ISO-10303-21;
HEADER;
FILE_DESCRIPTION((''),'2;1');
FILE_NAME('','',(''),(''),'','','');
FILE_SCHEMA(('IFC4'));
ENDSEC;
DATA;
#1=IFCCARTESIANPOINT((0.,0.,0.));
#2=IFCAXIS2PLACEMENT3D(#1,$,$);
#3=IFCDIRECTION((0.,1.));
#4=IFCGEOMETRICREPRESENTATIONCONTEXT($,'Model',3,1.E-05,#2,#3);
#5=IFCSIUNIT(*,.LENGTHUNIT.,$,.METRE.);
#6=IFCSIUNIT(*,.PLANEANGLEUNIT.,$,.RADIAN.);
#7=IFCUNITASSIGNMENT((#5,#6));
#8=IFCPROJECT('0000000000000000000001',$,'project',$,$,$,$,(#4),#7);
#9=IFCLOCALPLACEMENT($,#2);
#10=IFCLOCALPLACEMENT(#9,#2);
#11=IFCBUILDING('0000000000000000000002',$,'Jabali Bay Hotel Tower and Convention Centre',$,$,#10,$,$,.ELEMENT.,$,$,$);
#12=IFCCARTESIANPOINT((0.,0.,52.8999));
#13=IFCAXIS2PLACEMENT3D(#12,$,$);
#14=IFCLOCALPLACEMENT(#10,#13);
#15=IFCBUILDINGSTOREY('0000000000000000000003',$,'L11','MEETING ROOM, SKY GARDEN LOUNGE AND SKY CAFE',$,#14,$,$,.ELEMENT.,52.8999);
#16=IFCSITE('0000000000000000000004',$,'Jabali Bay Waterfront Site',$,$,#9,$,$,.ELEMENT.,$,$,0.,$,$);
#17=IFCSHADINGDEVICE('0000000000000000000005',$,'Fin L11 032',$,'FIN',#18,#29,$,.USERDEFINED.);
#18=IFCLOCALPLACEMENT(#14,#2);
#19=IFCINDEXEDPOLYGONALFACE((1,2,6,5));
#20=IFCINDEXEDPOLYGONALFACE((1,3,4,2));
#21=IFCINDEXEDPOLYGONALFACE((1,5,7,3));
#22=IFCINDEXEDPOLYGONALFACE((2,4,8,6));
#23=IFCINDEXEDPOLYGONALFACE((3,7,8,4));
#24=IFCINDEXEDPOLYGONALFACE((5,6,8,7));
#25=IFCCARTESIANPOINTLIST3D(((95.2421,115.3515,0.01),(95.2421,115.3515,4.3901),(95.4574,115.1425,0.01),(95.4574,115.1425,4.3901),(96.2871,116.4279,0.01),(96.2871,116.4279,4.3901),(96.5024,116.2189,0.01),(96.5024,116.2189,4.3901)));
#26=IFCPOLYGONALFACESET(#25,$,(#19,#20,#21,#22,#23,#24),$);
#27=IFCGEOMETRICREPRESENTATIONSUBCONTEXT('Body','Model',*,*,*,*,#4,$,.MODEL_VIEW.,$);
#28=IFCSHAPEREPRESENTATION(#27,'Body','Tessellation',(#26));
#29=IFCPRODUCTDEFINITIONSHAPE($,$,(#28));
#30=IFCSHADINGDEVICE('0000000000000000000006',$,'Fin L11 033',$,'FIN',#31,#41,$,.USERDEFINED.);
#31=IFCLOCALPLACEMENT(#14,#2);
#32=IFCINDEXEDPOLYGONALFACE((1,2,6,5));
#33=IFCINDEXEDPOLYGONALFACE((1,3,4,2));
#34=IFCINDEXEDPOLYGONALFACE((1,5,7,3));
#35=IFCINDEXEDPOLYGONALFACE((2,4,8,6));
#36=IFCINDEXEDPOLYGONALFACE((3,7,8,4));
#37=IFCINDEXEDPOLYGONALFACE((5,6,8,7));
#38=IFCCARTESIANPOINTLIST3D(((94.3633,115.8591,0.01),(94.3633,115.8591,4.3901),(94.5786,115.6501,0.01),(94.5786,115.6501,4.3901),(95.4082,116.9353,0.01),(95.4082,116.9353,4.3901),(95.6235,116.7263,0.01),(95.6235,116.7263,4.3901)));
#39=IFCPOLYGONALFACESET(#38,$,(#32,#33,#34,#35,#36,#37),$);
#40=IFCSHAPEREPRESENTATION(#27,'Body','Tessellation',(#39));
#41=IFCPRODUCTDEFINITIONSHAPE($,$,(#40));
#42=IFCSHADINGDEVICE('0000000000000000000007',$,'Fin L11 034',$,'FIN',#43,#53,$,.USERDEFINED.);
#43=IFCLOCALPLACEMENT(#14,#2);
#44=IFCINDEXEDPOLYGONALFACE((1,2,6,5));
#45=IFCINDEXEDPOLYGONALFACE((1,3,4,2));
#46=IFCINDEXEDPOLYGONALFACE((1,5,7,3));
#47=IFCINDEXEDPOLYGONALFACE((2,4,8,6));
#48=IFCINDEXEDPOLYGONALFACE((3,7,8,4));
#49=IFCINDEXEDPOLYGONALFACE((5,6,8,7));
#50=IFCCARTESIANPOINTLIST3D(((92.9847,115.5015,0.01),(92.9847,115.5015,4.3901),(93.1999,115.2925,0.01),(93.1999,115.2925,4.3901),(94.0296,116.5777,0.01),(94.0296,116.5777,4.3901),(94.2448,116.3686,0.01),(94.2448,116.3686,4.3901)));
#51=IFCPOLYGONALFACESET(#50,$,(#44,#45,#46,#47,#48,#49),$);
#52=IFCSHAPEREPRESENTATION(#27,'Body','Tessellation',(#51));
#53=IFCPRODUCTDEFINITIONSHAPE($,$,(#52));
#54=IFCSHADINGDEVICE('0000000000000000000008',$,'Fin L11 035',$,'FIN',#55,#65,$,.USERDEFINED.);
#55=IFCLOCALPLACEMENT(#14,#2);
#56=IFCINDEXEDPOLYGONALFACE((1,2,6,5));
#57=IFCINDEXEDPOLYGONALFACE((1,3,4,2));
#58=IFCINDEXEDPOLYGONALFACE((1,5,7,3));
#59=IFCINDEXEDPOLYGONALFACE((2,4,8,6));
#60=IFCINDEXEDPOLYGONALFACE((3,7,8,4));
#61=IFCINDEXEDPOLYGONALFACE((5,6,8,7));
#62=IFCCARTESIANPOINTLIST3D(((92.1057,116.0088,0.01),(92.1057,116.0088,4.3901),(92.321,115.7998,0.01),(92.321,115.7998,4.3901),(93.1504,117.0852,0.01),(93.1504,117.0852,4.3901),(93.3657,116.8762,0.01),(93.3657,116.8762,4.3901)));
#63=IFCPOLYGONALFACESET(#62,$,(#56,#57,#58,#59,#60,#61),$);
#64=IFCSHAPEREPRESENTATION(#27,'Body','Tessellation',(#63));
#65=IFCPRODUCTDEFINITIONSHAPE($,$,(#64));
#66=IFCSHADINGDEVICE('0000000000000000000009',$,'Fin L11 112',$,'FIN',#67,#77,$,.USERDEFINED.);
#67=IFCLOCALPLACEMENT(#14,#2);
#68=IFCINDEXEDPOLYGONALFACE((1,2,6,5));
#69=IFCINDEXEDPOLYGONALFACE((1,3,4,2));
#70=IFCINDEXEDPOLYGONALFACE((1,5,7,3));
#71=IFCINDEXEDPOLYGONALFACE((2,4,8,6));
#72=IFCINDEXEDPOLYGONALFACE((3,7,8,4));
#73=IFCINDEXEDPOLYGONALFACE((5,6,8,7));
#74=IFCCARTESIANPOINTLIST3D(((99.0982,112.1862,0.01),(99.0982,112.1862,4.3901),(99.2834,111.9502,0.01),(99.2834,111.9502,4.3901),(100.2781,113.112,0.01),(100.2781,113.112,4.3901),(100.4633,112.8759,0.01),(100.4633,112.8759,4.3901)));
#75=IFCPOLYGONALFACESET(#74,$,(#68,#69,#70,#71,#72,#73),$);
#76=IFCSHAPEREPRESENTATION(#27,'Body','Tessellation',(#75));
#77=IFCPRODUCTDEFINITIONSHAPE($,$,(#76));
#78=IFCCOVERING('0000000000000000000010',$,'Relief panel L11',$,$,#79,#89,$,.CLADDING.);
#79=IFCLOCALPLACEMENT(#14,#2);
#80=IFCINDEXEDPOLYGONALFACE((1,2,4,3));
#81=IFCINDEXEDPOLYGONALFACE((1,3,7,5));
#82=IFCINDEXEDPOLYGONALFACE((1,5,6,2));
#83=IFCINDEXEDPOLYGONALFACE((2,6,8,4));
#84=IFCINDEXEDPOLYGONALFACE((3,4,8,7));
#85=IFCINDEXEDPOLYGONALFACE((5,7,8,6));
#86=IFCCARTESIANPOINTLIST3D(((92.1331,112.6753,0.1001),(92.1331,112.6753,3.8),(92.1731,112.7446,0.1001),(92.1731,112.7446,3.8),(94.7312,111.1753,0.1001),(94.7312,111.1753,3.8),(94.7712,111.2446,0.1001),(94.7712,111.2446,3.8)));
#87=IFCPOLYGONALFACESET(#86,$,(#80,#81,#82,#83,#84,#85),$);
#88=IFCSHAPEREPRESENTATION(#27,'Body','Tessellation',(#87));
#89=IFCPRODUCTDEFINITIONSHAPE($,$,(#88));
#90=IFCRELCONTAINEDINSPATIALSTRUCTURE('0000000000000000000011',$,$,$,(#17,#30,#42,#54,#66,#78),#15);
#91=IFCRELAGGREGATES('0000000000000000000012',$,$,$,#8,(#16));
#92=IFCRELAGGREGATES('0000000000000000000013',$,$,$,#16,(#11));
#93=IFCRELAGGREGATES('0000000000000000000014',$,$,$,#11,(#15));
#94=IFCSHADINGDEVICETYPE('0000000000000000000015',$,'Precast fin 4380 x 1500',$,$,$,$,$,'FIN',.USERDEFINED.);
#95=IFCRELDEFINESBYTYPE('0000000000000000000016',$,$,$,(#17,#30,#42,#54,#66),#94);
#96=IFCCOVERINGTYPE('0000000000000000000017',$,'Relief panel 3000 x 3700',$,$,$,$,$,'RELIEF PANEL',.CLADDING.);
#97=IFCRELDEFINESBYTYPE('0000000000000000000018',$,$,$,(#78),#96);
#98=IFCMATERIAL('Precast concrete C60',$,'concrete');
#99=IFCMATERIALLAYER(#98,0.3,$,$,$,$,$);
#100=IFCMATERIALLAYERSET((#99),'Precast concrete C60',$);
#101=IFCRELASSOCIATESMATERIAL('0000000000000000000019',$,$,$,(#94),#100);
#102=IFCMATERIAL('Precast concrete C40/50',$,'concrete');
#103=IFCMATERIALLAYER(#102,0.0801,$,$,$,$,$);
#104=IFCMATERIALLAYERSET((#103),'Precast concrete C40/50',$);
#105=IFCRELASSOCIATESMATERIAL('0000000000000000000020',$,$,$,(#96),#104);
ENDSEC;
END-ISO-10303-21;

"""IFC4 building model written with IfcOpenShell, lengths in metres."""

from ifc_helpers import new_model, si_unit, direction, frame, frame_2d, origin, origin_2d, place, context, subcontext, project, spatial, rectangle, extrude, material, layer, layer_set, type_object, element, save


model = new_model("IFC4")

# Units and contexts
model_context = context("Model", 3, precision=1e-05, world=origin(), true_north=direction((0.0, 1.0)))
body_context = subcontext(model_context, "Body", "Model", "MODEL_VIEW")
ifc_project = project(units=[si_unit("LENGTHUNIT", "METRE"), si_unit("PLANEANGLEUNIT", "RADIAN")], contexts=[model_context])

# Site, building, storey
site_placement = place(None, origin())
site = spatial("IfcSite", under=ifc_project, at=site_placement, Name="Jabali Bay Waterfront Site", CompositionType="ELEMENT", RefElevation=0.0)
building_placement = place(site_placement, origin())
building = spatial("IfcBuilding", under=site, at=building_placement, Name="Jabali Bay Hotel Tower and Convention Centre", CompositionType="ELEMENT")
storey_placement = place(building_placement, frame((0.0, 0.0, 52.8999)))
storey = spatial("IfcBuildingStorey", under=building, at=storey_placement, Name="L11", Description="MEETING ROOM, SKY GARDEN LOUNGE AND SKY CAFE", CompositionType="ELEMENT", Elevation=52.8999)

# Shading devices
ifc_material_1 = material(Name="Precast concrete C60", Category="concrete")
ifc_layer_1 = layer(ifc_material_1, 0.3)
ifc_layer_set_1 = layer_set([ifc_layer_1], Name="Precast concrete C60")
shading_device_type = type_object("IfcShadingDeviceType", Name="Precast fin 4380 x 1500", ElementType="FIN", PredefinedType="USERDEFINED", material=ifc_layer_set_1)
shading_device_1_placement = place(storey_placement, frame((95.3499, 115.2471, 0.01), z_axis=(0.0, 0.0, 1.0), x_axis=(0.696532, 0.717526, 0.0)))
element("IfcShadingDevice", 1, at=shading_device_1_placement, inside=storey, type_object=shading_device_type, Name="Fin L11 032", ObjectType="FIN", PredefinedType="USERDEFINED", context=body_context, shape_type="SweptSolid", body=[
    extrude(rectangle(XDim=1.5002, YDim=0.3, at=frame_2d((0.75, 0.0))), origin(), (0.0, 0.0, 1.0), 4.3801),
])
for number, where, z_axis, x_axis, name in (
    (2, (94.4709, 115.7546, 0.01), (0.0, 0.0, 1.0), (0.696613, 0.717447, 0.0), "Fin L11 033"),
    (3, (93.0923, 115.397, 0.01), (0.0, 0.0, 1.0), (0.696613, 0.717447, 0.0), "Fin L11 034"),
    (4, (92.2134, 115.9043, 0.01), (0.0, 0.0, 1.0), (0.696448, 0.717607, 0.0), "Fin L11 035"),
):
    element("IfcShadingDevice", number, at=place(storey_placement, frame(where, z_axis=z_axis, x_axis=x_axis)), inside=storey, type_object=shading_device_type, Name=name, ObjectType="FIN", PredefinedType="USERDEFINED", context=body_context, shape_type="SweptSolid", body=[
        extrude(rectangle(XDim=1.5, YDim=0.3, at=frame_2d((0.75, 0.0))), origin(), (0.0, 0.0, 1.0), 4.3801),
    ])
shading_device_2_placement = place(storey_placement, frame((99.1907, 112.0681, 0.01), z_axis=(0.0, 0.0, 1.0), x_axis=(0.786742, 0.617282, 0.0)))
element("IfcShadingDevice", 5, at=shading_device_2_placement, inside=storey, type_object=shading_device_type, Name="Fin L11 112", ObjectType="FIN", PredefinedType="USERDEFINED", context=body_context, shape_type="SweptSolid", body=[
    extrude(rectangle(XDim=1.4998, YDim=0.3, at=frame_2d((0.75, 0.0))), origin(), (0.0, 0.0, 1.0), 4.3801),
])

# Covering
ifc_material_2 = material(Name="Precast concrete C40/50", Category="concrete")
ifc_layer_2 = layer(ifc_material_2, 0.0801)
ifc_layer_set_2 = layer_set([ifc_layer_2], Name="Precast concrete C40/50")
covering_type = type_object("IfcCoveringType", Name="Relief panel 3000 x 3700", ElementType="RELIEF PANEL", PredefinedType="CLADDING", material=ifc_layer_set_2)
covering_placement = place(storey_placement, frame((93.4521, 111.96, 0.1001), z_axis=(0.0, 0.0, 1.0), x_axis=(0.866025, -0.5, 0.0)))
element("IfcCovering", 6, at=covering_placement, inside=storey, type_object=covering_type, Name="Relief panel L11", PredefinedType="CLADDING", context=body_context, shape_type="SweptSolid", body=[
    extrude(rectangle(XDim=3.0, YDim=0.0801, at=origin_2d()), origin(), (0.0, 0.0, 1.0), 3.7),
])

save(model, "model.ifc")
